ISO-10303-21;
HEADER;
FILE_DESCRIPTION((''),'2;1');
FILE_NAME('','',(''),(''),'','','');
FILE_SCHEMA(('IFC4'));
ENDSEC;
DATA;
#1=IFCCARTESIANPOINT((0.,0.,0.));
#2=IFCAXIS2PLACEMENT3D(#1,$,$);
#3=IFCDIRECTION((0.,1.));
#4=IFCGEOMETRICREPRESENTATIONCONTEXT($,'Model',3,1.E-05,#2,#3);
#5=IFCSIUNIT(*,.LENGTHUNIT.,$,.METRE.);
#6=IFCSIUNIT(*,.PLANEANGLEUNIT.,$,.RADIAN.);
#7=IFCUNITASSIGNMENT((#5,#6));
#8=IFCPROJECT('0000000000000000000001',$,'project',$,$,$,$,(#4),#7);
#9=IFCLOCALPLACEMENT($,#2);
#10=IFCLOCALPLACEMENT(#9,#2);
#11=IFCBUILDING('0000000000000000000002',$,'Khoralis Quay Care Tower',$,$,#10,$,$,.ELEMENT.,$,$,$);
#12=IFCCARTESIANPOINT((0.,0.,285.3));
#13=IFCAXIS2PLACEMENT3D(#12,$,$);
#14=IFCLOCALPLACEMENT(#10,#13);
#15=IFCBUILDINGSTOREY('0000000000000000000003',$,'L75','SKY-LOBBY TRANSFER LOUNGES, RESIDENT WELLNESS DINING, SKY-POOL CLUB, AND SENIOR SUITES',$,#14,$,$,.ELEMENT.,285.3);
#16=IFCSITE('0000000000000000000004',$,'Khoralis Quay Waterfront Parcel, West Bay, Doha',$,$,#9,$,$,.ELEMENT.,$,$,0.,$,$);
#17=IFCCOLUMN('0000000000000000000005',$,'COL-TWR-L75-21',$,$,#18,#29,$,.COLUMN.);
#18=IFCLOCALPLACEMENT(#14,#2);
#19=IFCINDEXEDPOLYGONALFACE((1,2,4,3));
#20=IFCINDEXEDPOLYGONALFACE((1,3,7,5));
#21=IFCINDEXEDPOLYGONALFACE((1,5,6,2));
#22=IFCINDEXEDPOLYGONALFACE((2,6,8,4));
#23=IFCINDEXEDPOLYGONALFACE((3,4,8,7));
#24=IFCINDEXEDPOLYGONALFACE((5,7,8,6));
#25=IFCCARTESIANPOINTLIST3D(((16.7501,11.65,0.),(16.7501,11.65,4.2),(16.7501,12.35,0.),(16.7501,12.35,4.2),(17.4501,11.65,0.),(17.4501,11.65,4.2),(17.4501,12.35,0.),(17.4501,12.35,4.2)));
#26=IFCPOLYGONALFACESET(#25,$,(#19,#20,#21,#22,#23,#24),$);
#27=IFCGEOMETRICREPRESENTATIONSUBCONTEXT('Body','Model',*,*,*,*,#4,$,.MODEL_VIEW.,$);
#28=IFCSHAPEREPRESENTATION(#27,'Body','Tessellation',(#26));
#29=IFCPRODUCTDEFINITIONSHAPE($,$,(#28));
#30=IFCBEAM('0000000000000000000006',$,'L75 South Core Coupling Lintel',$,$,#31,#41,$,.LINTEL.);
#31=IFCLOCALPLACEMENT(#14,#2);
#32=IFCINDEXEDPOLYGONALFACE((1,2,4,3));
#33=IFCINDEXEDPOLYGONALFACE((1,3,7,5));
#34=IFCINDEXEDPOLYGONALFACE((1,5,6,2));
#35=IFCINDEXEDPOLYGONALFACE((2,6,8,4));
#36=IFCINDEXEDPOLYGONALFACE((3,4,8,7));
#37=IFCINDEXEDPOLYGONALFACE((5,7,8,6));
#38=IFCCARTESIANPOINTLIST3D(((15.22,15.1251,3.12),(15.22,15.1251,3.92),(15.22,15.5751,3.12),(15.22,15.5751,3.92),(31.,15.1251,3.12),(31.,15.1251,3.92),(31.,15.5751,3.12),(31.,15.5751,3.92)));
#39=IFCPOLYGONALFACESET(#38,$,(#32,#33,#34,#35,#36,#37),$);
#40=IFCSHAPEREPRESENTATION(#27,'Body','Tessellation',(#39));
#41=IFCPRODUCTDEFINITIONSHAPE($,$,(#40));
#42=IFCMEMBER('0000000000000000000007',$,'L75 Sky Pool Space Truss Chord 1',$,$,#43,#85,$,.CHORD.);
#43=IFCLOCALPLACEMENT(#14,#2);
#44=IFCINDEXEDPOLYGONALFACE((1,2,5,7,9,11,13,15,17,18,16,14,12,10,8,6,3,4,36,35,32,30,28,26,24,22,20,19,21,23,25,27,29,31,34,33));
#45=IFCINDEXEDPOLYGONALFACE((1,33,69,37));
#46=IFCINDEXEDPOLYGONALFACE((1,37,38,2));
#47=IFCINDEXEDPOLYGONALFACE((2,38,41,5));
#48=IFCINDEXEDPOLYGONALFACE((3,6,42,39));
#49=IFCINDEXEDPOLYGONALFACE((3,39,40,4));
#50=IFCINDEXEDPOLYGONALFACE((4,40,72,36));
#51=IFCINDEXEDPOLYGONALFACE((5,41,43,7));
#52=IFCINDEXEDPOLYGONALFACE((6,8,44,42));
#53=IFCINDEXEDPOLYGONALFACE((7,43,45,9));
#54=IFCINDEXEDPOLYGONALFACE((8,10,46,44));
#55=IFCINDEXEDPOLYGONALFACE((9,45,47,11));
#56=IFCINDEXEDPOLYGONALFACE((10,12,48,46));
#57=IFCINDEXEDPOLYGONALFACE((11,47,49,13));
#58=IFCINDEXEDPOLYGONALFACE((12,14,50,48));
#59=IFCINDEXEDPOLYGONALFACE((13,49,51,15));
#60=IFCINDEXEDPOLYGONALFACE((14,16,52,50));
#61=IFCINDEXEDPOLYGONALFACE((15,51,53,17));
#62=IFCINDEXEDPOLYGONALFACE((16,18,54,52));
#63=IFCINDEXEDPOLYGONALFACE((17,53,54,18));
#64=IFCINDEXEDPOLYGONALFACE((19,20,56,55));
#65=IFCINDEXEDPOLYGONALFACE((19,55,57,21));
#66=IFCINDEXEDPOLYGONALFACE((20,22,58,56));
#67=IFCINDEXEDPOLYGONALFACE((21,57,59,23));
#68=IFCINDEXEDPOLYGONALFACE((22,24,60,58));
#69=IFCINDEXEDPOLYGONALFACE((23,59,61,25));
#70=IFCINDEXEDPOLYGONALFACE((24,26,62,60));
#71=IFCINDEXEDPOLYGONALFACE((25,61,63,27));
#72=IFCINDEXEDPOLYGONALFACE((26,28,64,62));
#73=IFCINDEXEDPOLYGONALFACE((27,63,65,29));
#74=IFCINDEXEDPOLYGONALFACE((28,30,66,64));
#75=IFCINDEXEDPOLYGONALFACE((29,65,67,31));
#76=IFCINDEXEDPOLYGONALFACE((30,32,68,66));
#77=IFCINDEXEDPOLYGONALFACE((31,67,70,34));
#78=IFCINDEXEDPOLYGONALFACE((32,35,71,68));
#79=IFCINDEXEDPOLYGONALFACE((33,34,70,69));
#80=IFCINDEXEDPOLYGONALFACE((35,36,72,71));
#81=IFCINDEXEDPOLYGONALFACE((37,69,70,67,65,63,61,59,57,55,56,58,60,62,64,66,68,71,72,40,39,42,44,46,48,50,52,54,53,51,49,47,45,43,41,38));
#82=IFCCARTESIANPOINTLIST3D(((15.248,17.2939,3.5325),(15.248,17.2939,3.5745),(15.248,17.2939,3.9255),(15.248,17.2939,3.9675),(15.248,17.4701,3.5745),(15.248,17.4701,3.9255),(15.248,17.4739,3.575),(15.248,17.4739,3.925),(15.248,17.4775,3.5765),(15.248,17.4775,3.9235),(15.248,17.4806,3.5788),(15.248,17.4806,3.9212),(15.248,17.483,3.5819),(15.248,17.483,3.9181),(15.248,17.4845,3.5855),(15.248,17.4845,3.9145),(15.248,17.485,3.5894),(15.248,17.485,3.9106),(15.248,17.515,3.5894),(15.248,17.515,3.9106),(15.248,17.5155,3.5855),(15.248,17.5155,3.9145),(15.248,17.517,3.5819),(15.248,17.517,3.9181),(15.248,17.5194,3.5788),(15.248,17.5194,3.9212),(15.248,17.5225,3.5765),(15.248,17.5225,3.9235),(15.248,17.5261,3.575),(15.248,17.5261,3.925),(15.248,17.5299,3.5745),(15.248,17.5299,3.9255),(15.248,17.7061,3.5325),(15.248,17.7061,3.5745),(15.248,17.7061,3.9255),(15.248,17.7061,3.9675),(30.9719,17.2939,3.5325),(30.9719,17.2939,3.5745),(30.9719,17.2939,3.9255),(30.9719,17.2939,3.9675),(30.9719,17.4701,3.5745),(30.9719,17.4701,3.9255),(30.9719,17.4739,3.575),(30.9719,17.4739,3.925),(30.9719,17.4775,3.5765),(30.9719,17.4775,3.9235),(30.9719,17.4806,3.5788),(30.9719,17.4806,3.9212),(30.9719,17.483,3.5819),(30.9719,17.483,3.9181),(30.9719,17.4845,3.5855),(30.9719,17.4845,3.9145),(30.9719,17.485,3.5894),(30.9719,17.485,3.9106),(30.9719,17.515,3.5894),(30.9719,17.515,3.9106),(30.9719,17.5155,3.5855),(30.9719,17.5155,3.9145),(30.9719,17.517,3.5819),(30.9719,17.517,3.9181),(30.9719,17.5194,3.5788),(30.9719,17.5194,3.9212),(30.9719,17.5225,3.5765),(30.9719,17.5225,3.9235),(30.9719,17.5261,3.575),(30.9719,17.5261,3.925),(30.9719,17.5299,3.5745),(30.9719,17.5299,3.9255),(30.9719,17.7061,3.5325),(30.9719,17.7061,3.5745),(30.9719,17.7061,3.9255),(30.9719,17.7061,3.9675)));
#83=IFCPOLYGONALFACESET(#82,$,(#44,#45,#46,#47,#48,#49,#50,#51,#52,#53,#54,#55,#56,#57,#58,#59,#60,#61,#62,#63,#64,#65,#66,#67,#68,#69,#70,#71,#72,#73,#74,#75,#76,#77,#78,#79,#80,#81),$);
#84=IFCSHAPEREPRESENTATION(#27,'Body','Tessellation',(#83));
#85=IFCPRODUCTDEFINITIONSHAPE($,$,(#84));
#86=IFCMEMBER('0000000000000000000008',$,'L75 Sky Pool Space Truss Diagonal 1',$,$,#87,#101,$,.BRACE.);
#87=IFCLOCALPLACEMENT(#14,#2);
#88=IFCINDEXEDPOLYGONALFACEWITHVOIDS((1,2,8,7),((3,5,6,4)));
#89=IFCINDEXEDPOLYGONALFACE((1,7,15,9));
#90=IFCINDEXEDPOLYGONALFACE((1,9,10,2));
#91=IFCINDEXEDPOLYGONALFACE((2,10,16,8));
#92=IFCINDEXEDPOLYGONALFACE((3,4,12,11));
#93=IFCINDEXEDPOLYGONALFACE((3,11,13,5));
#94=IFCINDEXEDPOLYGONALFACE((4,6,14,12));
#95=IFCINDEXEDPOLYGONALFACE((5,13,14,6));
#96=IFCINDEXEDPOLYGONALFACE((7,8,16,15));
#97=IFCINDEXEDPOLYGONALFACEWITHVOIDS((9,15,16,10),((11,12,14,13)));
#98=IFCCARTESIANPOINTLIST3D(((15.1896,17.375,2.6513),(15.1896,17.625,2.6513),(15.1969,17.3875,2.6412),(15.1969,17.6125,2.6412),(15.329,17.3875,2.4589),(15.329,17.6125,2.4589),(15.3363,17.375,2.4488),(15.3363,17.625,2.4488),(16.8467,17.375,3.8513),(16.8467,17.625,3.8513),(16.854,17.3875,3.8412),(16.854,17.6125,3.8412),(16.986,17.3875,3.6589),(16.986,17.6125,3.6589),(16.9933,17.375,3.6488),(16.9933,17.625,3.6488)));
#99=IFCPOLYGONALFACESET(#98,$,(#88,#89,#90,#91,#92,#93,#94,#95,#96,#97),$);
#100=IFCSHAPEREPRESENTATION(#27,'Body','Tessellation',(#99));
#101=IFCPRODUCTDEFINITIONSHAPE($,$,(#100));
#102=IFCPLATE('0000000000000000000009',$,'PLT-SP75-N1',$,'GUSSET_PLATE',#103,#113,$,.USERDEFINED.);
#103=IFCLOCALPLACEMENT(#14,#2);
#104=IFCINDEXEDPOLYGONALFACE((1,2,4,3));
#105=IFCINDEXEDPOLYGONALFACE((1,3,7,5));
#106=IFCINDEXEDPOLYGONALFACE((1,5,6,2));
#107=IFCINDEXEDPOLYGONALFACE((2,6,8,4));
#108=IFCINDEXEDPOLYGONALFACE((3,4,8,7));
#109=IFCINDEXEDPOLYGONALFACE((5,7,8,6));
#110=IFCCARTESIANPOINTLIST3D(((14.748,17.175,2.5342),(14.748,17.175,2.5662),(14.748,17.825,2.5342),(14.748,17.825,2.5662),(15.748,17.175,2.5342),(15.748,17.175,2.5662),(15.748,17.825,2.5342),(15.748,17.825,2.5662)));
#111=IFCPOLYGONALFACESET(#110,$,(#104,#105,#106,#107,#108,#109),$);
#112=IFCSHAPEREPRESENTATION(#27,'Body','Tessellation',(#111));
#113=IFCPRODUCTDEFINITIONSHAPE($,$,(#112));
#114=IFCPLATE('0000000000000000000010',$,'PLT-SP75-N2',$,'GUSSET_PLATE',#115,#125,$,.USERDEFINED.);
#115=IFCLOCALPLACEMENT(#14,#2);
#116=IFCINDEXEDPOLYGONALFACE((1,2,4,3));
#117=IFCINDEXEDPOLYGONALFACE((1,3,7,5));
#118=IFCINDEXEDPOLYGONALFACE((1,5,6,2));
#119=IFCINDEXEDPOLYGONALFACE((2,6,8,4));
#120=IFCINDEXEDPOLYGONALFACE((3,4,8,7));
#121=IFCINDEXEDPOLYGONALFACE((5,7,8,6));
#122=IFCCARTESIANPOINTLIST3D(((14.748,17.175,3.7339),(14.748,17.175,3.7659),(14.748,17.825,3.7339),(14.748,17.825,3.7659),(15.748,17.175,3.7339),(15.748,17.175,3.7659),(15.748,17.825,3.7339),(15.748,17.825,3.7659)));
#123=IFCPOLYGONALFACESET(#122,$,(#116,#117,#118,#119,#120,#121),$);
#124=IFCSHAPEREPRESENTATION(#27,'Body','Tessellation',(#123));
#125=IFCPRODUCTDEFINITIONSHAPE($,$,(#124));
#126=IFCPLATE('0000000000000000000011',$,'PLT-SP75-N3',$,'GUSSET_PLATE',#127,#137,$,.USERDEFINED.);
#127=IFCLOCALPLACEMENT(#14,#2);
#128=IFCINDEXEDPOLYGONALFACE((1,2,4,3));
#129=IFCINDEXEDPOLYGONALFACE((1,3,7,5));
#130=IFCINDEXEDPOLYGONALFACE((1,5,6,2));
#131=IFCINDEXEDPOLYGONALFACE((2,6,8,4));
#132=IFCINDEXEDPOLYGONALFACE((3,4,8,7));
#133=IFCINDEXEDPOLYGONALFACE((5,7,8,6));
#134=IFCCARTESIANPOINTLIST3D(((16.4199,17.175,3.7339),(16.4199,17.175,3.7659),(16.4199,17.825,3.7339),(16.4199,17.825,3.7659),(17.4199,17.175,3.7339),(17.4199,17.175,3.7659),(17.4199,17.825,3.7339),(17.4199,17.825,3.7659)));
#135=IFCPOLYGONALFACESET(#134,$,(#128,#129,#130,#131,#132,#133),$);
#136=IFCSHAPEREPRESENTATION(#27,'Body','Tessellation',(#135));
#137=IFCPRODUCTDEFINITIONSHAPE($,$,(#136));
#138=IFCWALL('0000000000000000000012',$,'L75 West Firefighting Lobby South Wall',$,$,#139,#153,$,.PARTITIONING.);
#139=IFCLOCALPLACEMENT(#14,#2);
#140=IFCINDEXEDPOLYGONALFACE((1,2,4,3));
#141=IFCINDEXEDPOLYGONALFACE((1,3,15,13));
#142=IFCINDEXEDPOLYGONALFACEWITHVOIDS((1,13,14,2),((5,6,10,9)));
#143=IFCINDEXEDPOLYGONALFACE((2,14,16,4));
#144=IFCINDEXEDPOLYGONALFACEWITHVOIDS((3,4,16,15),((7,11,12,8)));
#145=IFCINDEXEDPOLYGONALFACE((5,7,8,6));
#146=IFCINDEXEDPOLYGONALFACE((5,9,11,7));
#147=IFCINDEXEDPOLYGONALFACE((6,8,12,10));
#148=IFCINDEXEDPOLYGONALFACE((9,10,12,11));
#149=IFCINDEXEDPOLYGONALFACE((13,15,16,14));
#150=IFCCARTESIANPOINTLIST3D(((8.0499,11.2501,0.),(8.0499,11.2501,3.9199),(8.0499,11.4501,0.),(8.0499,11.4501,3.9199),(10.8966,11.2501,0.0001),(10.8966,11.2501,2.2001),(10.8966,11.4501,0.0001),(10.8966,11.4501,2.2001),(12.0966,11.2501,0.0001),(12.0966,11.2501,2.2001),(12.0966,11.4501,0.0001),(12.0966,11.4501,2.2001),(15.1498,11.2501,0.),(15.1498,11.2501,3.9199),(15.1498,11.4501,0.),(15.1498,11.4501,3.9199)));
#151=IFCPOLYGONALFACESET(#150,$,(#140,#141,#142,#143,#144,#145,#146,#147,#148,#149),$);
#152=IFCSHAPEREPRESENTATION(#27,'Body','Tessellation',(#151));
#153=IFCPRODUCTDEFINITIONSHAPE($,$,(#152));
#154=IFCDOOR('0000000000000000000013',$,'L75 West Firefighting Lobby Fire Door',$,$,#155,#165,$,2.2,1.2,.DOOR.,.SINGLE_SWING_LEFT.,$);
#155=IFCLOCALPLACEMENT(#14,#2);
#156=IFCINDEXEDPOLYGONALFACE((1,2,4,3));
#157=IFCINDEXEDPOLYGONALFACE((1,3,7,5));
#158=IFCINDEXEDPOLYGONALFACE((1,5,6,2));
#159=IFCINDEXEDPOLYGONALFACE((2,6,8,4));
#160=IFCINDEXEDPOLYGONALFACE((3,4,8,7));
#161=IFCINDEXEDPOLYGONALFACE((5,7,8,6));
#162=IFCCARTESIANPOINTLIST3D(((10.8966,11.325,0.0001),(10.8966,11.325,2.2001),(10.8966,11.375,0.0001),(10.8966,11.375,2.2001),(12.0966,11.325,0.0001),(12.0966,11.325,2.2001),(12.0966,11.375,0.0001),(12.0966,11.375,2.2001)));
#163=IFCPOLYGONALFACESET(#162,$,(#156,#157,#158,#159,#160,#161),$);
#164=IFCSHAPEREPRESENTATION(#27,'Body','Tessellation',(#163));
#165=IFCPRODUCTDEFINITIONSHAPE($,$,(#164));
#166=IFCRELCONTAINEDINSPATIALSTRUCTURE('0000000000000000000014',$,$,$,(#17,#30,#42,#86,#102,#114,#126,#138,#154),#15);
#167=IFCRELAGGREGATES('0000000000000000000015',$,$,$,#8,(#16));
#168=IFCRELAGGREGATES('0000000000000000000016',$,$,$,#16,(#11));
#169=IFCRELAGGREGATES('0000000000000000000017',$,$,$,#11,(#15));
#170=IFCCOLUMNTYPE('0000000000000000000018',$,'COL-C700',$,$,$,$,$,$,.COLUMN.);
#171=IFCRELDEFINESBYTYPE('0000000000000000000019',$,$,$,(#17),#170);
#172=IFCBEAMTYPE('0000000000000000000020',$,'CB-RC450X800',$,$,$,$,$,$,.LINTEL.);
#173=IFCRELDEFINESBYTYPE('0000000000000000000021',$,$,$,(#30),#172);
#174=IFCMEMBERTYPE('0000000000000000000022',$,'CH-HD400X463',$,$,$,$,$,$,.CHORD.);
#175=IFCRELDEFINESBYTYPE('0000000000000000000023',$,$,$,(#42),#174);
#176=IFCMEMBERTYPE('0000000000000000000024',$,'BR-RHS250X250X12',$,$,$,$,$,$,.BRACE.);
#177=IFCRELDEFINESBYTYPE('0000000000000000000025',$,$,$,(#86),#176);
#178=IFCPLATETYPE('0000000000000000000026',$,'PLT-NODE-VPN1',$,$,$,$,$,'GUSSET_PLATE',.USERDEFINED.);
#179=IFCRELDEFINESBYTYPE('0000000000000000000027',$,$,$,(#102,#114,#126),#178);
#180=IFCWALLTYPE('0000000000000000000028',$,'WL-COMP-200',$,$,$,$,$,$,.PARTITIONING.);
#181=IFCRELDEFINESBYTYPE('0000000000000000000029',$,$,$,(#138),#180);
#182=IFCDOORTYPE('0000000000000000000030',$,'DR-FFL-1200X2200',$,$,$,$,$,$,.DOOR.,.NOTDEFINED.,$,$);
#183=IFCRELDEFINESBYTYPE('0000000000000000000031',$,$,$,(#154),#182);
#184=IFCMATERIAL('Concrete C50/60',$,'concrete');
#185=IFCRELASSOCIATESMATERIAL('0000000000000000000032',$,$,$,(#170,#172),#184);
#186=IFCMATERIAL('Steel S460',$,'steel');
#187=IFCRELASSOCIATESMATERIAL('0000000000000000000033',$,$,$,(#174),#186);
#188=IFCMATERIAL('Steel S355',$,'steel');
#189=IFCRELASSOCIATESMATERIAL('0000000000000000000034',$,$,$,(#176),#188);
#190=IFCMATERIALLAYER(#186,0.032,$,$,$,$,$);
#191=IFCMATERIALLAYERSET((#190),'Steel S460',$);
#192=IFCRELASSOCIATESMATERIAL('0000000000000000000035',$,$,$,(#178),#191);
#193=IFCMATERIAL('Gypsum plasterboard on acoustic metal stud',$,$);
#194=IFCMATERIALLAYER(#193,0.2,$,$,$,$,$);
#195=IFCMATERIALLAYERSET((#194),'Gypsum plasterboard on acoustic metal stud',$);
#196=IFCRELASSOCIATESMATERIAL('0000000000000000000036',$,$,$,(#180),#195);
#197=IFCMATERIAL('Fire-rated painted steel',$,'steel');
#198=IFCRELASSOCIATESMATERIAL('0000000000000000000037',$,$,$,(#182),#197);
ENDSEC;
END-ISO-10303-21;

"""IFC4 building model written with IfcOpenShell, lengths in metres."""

from ifc_helpers import new_model, si_unit, direction, frame, frame_2d, origin, origin_2d, place, context, subcontext, project, spatial, rectangle, hollow_rectangle, i_section, extrude, source, transform, mapped, material, layer, layer_set, material_profile, profile_set, type_object, element, fill, save


model = new_model("IFC4")

# Units and contexts
model_context = context("Model", 3, precision=1e-05, world=origin(), true_north=direction((0.0, 1.0)))
body_context = subcontext(model_context, "Body", "Model", "MODEL_VIEW")
ifc_project = project(units=[si_unit("LENGTHUNIT", "METRE"), si_unit("PLANEANGLEUNIT", "RADIAN")], contexts=[model_context])

# Site, building, storey
site_placement = place(None, origin())
site = spatial("IfcSite", under=ifc_project, at=site_placement, Name="Khoralis Quay Waterfront Parcel, West Bay, Doha", CompositionType="ELEMENT", RefElevation=0.0)
building_placement = place(site_placement, origin())
building = spatial("IfcBuilding", under=site, at=building_placement, Name="Khoralis Quay Care Tower", CompositionType="ELEMENT")
storey_placement = place(building_placement, frame((0.0, 0.0, 285.3)))
storey = spatial("IfcBuildingStorey", under=building, at=storey_placement, Name="L75", Description="SKY-LOBBY TRANSFER LOUNGES, RESIDENT WELLNESS DINING, SKY-POOL CLUB, AND SENIOR SUITES", CompositionType="ELEMENT", Elevation=285.3)

# Column
ifc_material_1 = material(Name="Concrete C50/60", Category="concrete")
ifc_material_profile_1 = material_profile(ifc_material_1, rectangle(XDim=0.7, YDim=0.7, at=origin_2d()), Name="Concrete C50/60")
ifc_profile_set_1 = profile_set([ifc_material_profile_1], Name="Concrete C50/60")
column_type = type_object("IfcColumnType", Name="COL-C700", PredefinedType="COLUMN", material=ifc_profile_set_1)
shared_shape_1 = source(origin(), body_context, "Body", "SweptSolid", [
    extrude(rectangle(XDim=0.7, YDim=0.7, at=origin_2d()), origin(), (0.0, 0.0, 1.0), 4.2),
])
column_placement = place(storey_placement, frame((17.1001, 12.0, 0.0), z_axis=(0.0, 0.0, 1.0), x_axis=(1.0, 0.0, 0.0)))
element("IfcColumn", 1, at=column_placement, inside=storey, type_object=column_type, Name="COL-TWR-L75-21", PredefinedType="COLUMN", context=body_context, shape_type="MappedRepresentation", body=[
    mapped(shared_shape_1, transform((0.0, 0.0, 0.0), scale=1.0)),
])

# Beam
ifc_material_profile_2 = material_profile(ifc_material_1, rectangle(XDim=0.45, YDim=0.8, at=origin_2d()), Name="Concrete C50/60")
ifc_profile_set_2 = profile_set([ifc_material_profile_2], Name="Concrete C50/60")
beam_type = type_object("IfcBeamType", Name="CB-RC450X800", PredefinedType="LINTEL", material=ifc_profile_set_2)
shared_shape_2 = source(origin(), body_context, "Body", "SweptSolid", [
    extrude(rectangle(XDim=0.45, YDim=0.8, at=origin_2d()), origin(), (0.0, 0.0, 1.0), 15.78),
])
beam_placement = place(storey_placement, frame((15.22, 15.3501, 3.52), z_axis=(1.0, 0.0, 0.0), x_axis=(0.0, 1.0, 0.0)))
element("IfcBeam", 2, at=beam_placement, inside=storey, type_object=beam_type, Name="L75 South Core Coupling Lintel", PredefinedType="LINTEL", context=body_context, shape_type="MappedRepresentation", body=[
    mapped(shared_shape_2, transform((0.0, 0.0, 0.0), scale=1.0)),
])

# Members
ifc_material_2 = material(Name="Steel S460", Category="steel")
ifc_material_profile_3 = material_profile(ifc_material_2, i_section(OverallWidth=0.4121, OverallDepth=0.4351, WebThickness=0.03, FlangeThickness=0.042, FilletRadius=0.0149, at=origin_2d()), Name="Steel S460")
ifc_profile_set_3 = profile_set([ifc_material_profile_3], Name="Steel S460")
member_type_1 = type_object("IfcMemberType", Name="CH-HD400X463", PredefinedType="CHORD", material=ifc_profile_set_3)
shared_shape_3 = source(origin(), body_context, "Body", "SweptSolid", [
    extrude(i_section(OverallWidth=0.4121, OverallDepth=0.4351, WebThickness=0.03, FlangeThickness=0.042, FilletRadius=0.0149, at=origin_2d()), origin(), (0.0, 0.0, 1.0), 15.7239),
])
member_1_placement = place(storey_placement, frame((15.248, 17.5, 3.75), z_axis=(1.0, 0.0, 0.0), x_axis=(0.0, 1.0, 0.0)))
element("IfcMember", 3, at=member_1_placement, inside=storey, type_object=member_type_1, Name="L75 Sky Pool Space Truss Chord 1", PredefinedType="CHORD", context=body_context, shape_type="MappedRepresentation", body=[
    mapped(shared_shape_3, transform((0.0, 0.0, 0.0), scale=1.0)),
])
ifc_material_3 = material(Name="Steel S355", Category="steel")
ifc_material_profile_4 = material_profile(ifc_material_3, hollow_rectangle(XDim=0.25, YDim=0.25, WallThickness=0.0125, at=origin_2d()), Name="Steel S355")
ifc_profile_set_4 = profile_set([ifc_material_profile_4], Name="Steel S355")
member_type_2 = type_object("IfcMemberType", Name="BR-RHS250X250X12", PredefinedType="BRACE", material=ifc_profile_set_4)
shared_shape_4 = source(origin(), body_context, "Body", "SweptSolid", [
    extrude(hollow_rectangle(XDim=0.25, YDim=0.25, WallThickness=0.0125, at=origin_2d()), origin(), (0.0, 0.0, 1.0), 2.0459),
])
member_2_placement = place(storey_placement, frame((15.2629, 17.5, 2.55), z_axis=(0.809926, 0.0, 0.586531), x_axis=(0.0, 1.0, 0.0)))
element("IfcMember", 4, at=member_2_placement, inside=storey, type_object=member_type_2, Name="L75 Sky Pool Space Truss Diagonal 1", PredefinedType="BRACE", context=body_context, shape_type="MappedRepresentation", body=[
    mapped(shared_shape_4, transform((0.0, 0.0, 0.0), scale=1.0)),
])

# Plates
ifc_layer_1 = layer(ifc_material_2, 0.032)
ifc_layer_set_1 = layer_set([ifc_layer_1], Name="Steel S460")
plate_type = type_object("IfcPlateType", Name="PLT-NODE-VPN1", ElementType="GUSSET_PLATE", PredefinedType="USERDEFINED", material=ifc_layer_set_1)
shared_shape_5 = source(origin(), body_context, "Body", "SweptSolid", [
    extrude(rectangle(XDim=1.0, YDim=0.6499, at=origin_2d()), origin(), (0.0, 0.0, 1.0), 0.032),
])
for number, where, z_axis, x_axis, name in (
    (5, (15.248, 17.5, 2.5342), (0.0, 0.0, 1.0), (1.0, 0.0, 0.0), "PLT-SP75-N1"),
    (6, (15.248, 17.5, 3.7339), (0.0, 0.0, 1.0), (1.0, 0.0, 0.0), "PLT-SP75-N2"),
    (7, (16.9199, 17.5, 3.7339), (0.0, 0.0, 1.0), (1.0, 0.0, 0.0), "PLT-SP75-N3"),
):
    element("IfcPlate", number, at=place(storey_placement, frame(where, z_axis=z_axis, x_axis=x_axis)), inside=storey, type_object=plate_type, Name=name, ObjectType="GUSSET_PLATE", PredefinedType="USERDEFINED", context=body_context, shape_type="MappedRepresentation", body=[
        mapped(shared_shape_5, transform((0.0, 0.0, 0.0), scale=1.0)),
    ])

# Wall, opening, door
ifc_material_4 = material(Name="Gypsum plasterboard on acoustic metal stud")
ifc_layer_2 = layer(ifc_material_4, 0.2)
ifc_layer_set_2 = layer_set([ifc_layer_2], Name="Gypsum plasterboard on acoustic metal stud")
wall_type_1 = type_object("IfcWallType", Name="WL-COMP-200", PredefinedType="PARTITIONING", material=ifc_layer_set_2)
wall_1_placement = place(storey_placement, frame((8.05, 11.3501, 0.0), z_axis=(0.0, 0.0, 1.0), x_axis=(1.0, 0.0, 0.0)))
wall_1 = element("IfcWall", 8, at=wall_1_placement, inside=storey, type_object=wall_type_1, Name="L75 West Firefighting Lobby South Wall", PredefinedType="PARTITIONING", context=body_context, shape_type="SweptSolid", body=[
    extrude(rectangle(XDim=7.0999, YDim=0.2, at=frame_2d((3.5498, 0.0))), origin(), (0.0, 0.0, 1.0), 3.9199),
])
opening_1_placement = place(wall_1_placement, frame((2.8464, 0.0, 0.0)))
opening_1 = element("IfcOpeningElement", 9, at=opening_1_placement, cuts=wall_1, PredefinedType="OPENING", context=body_context, shape_type="SweptSolid", body=[
    extrude(rectangle(XDim=1.2, YDim=2.2, at=frame_2d((0.6001, 1.1001))), frame((0.0, 0.1099, 0.0), z_axis=(0.0, -1.0, 0.0), x_axis=(1.0, 0.0, 0.0)), (0.0, 0.0, 1.0), 0.22),
])
ifc_material_5 = material(Name="Fire-rated painted steel", Category="steel")
door_type_1 = type_object("IfcDoorType", Name="DR-FFL-1200X2200", OperationType="NOTDEFINED", PredefinedType="DOOR", material=ifc_material_5)
shared_shape_6 = source(origin(), body_context, "Body", "SweptSolid", [
    extrude(rectangle(XDim=1.2, YDim=2.2, at=frame_2d((0.6001, 1.1001))), frame((0.0, 0.0249, 0.0), z_axis=(0.0, -1.0, 0.0), x_axis=(1.0, 0.0, 0.0)), (0.0, 0.0, 1.0), 0.05),
])
door_1_placement = place(opening_1_placement, origin())
door_1 = element("IfcDoor", 10, at=door_1_placement, inside=storey, type_object=door_type_1, Name="L75 West Firefighting Lobby Fire Door", OperationType="SINGLE_SWING_LEFT", OverallHeight=2.2, OverallWidth=1.2, PredefinedType="DOOR", context=body_context, shape_type="MappedRepresentation", body=[
    mapped(shared_shape_6, transform((0.0, 0.0, 0.0), scale=1.0)),
])
fill(opening_1, door_1)

save(model, "model.ifc")
